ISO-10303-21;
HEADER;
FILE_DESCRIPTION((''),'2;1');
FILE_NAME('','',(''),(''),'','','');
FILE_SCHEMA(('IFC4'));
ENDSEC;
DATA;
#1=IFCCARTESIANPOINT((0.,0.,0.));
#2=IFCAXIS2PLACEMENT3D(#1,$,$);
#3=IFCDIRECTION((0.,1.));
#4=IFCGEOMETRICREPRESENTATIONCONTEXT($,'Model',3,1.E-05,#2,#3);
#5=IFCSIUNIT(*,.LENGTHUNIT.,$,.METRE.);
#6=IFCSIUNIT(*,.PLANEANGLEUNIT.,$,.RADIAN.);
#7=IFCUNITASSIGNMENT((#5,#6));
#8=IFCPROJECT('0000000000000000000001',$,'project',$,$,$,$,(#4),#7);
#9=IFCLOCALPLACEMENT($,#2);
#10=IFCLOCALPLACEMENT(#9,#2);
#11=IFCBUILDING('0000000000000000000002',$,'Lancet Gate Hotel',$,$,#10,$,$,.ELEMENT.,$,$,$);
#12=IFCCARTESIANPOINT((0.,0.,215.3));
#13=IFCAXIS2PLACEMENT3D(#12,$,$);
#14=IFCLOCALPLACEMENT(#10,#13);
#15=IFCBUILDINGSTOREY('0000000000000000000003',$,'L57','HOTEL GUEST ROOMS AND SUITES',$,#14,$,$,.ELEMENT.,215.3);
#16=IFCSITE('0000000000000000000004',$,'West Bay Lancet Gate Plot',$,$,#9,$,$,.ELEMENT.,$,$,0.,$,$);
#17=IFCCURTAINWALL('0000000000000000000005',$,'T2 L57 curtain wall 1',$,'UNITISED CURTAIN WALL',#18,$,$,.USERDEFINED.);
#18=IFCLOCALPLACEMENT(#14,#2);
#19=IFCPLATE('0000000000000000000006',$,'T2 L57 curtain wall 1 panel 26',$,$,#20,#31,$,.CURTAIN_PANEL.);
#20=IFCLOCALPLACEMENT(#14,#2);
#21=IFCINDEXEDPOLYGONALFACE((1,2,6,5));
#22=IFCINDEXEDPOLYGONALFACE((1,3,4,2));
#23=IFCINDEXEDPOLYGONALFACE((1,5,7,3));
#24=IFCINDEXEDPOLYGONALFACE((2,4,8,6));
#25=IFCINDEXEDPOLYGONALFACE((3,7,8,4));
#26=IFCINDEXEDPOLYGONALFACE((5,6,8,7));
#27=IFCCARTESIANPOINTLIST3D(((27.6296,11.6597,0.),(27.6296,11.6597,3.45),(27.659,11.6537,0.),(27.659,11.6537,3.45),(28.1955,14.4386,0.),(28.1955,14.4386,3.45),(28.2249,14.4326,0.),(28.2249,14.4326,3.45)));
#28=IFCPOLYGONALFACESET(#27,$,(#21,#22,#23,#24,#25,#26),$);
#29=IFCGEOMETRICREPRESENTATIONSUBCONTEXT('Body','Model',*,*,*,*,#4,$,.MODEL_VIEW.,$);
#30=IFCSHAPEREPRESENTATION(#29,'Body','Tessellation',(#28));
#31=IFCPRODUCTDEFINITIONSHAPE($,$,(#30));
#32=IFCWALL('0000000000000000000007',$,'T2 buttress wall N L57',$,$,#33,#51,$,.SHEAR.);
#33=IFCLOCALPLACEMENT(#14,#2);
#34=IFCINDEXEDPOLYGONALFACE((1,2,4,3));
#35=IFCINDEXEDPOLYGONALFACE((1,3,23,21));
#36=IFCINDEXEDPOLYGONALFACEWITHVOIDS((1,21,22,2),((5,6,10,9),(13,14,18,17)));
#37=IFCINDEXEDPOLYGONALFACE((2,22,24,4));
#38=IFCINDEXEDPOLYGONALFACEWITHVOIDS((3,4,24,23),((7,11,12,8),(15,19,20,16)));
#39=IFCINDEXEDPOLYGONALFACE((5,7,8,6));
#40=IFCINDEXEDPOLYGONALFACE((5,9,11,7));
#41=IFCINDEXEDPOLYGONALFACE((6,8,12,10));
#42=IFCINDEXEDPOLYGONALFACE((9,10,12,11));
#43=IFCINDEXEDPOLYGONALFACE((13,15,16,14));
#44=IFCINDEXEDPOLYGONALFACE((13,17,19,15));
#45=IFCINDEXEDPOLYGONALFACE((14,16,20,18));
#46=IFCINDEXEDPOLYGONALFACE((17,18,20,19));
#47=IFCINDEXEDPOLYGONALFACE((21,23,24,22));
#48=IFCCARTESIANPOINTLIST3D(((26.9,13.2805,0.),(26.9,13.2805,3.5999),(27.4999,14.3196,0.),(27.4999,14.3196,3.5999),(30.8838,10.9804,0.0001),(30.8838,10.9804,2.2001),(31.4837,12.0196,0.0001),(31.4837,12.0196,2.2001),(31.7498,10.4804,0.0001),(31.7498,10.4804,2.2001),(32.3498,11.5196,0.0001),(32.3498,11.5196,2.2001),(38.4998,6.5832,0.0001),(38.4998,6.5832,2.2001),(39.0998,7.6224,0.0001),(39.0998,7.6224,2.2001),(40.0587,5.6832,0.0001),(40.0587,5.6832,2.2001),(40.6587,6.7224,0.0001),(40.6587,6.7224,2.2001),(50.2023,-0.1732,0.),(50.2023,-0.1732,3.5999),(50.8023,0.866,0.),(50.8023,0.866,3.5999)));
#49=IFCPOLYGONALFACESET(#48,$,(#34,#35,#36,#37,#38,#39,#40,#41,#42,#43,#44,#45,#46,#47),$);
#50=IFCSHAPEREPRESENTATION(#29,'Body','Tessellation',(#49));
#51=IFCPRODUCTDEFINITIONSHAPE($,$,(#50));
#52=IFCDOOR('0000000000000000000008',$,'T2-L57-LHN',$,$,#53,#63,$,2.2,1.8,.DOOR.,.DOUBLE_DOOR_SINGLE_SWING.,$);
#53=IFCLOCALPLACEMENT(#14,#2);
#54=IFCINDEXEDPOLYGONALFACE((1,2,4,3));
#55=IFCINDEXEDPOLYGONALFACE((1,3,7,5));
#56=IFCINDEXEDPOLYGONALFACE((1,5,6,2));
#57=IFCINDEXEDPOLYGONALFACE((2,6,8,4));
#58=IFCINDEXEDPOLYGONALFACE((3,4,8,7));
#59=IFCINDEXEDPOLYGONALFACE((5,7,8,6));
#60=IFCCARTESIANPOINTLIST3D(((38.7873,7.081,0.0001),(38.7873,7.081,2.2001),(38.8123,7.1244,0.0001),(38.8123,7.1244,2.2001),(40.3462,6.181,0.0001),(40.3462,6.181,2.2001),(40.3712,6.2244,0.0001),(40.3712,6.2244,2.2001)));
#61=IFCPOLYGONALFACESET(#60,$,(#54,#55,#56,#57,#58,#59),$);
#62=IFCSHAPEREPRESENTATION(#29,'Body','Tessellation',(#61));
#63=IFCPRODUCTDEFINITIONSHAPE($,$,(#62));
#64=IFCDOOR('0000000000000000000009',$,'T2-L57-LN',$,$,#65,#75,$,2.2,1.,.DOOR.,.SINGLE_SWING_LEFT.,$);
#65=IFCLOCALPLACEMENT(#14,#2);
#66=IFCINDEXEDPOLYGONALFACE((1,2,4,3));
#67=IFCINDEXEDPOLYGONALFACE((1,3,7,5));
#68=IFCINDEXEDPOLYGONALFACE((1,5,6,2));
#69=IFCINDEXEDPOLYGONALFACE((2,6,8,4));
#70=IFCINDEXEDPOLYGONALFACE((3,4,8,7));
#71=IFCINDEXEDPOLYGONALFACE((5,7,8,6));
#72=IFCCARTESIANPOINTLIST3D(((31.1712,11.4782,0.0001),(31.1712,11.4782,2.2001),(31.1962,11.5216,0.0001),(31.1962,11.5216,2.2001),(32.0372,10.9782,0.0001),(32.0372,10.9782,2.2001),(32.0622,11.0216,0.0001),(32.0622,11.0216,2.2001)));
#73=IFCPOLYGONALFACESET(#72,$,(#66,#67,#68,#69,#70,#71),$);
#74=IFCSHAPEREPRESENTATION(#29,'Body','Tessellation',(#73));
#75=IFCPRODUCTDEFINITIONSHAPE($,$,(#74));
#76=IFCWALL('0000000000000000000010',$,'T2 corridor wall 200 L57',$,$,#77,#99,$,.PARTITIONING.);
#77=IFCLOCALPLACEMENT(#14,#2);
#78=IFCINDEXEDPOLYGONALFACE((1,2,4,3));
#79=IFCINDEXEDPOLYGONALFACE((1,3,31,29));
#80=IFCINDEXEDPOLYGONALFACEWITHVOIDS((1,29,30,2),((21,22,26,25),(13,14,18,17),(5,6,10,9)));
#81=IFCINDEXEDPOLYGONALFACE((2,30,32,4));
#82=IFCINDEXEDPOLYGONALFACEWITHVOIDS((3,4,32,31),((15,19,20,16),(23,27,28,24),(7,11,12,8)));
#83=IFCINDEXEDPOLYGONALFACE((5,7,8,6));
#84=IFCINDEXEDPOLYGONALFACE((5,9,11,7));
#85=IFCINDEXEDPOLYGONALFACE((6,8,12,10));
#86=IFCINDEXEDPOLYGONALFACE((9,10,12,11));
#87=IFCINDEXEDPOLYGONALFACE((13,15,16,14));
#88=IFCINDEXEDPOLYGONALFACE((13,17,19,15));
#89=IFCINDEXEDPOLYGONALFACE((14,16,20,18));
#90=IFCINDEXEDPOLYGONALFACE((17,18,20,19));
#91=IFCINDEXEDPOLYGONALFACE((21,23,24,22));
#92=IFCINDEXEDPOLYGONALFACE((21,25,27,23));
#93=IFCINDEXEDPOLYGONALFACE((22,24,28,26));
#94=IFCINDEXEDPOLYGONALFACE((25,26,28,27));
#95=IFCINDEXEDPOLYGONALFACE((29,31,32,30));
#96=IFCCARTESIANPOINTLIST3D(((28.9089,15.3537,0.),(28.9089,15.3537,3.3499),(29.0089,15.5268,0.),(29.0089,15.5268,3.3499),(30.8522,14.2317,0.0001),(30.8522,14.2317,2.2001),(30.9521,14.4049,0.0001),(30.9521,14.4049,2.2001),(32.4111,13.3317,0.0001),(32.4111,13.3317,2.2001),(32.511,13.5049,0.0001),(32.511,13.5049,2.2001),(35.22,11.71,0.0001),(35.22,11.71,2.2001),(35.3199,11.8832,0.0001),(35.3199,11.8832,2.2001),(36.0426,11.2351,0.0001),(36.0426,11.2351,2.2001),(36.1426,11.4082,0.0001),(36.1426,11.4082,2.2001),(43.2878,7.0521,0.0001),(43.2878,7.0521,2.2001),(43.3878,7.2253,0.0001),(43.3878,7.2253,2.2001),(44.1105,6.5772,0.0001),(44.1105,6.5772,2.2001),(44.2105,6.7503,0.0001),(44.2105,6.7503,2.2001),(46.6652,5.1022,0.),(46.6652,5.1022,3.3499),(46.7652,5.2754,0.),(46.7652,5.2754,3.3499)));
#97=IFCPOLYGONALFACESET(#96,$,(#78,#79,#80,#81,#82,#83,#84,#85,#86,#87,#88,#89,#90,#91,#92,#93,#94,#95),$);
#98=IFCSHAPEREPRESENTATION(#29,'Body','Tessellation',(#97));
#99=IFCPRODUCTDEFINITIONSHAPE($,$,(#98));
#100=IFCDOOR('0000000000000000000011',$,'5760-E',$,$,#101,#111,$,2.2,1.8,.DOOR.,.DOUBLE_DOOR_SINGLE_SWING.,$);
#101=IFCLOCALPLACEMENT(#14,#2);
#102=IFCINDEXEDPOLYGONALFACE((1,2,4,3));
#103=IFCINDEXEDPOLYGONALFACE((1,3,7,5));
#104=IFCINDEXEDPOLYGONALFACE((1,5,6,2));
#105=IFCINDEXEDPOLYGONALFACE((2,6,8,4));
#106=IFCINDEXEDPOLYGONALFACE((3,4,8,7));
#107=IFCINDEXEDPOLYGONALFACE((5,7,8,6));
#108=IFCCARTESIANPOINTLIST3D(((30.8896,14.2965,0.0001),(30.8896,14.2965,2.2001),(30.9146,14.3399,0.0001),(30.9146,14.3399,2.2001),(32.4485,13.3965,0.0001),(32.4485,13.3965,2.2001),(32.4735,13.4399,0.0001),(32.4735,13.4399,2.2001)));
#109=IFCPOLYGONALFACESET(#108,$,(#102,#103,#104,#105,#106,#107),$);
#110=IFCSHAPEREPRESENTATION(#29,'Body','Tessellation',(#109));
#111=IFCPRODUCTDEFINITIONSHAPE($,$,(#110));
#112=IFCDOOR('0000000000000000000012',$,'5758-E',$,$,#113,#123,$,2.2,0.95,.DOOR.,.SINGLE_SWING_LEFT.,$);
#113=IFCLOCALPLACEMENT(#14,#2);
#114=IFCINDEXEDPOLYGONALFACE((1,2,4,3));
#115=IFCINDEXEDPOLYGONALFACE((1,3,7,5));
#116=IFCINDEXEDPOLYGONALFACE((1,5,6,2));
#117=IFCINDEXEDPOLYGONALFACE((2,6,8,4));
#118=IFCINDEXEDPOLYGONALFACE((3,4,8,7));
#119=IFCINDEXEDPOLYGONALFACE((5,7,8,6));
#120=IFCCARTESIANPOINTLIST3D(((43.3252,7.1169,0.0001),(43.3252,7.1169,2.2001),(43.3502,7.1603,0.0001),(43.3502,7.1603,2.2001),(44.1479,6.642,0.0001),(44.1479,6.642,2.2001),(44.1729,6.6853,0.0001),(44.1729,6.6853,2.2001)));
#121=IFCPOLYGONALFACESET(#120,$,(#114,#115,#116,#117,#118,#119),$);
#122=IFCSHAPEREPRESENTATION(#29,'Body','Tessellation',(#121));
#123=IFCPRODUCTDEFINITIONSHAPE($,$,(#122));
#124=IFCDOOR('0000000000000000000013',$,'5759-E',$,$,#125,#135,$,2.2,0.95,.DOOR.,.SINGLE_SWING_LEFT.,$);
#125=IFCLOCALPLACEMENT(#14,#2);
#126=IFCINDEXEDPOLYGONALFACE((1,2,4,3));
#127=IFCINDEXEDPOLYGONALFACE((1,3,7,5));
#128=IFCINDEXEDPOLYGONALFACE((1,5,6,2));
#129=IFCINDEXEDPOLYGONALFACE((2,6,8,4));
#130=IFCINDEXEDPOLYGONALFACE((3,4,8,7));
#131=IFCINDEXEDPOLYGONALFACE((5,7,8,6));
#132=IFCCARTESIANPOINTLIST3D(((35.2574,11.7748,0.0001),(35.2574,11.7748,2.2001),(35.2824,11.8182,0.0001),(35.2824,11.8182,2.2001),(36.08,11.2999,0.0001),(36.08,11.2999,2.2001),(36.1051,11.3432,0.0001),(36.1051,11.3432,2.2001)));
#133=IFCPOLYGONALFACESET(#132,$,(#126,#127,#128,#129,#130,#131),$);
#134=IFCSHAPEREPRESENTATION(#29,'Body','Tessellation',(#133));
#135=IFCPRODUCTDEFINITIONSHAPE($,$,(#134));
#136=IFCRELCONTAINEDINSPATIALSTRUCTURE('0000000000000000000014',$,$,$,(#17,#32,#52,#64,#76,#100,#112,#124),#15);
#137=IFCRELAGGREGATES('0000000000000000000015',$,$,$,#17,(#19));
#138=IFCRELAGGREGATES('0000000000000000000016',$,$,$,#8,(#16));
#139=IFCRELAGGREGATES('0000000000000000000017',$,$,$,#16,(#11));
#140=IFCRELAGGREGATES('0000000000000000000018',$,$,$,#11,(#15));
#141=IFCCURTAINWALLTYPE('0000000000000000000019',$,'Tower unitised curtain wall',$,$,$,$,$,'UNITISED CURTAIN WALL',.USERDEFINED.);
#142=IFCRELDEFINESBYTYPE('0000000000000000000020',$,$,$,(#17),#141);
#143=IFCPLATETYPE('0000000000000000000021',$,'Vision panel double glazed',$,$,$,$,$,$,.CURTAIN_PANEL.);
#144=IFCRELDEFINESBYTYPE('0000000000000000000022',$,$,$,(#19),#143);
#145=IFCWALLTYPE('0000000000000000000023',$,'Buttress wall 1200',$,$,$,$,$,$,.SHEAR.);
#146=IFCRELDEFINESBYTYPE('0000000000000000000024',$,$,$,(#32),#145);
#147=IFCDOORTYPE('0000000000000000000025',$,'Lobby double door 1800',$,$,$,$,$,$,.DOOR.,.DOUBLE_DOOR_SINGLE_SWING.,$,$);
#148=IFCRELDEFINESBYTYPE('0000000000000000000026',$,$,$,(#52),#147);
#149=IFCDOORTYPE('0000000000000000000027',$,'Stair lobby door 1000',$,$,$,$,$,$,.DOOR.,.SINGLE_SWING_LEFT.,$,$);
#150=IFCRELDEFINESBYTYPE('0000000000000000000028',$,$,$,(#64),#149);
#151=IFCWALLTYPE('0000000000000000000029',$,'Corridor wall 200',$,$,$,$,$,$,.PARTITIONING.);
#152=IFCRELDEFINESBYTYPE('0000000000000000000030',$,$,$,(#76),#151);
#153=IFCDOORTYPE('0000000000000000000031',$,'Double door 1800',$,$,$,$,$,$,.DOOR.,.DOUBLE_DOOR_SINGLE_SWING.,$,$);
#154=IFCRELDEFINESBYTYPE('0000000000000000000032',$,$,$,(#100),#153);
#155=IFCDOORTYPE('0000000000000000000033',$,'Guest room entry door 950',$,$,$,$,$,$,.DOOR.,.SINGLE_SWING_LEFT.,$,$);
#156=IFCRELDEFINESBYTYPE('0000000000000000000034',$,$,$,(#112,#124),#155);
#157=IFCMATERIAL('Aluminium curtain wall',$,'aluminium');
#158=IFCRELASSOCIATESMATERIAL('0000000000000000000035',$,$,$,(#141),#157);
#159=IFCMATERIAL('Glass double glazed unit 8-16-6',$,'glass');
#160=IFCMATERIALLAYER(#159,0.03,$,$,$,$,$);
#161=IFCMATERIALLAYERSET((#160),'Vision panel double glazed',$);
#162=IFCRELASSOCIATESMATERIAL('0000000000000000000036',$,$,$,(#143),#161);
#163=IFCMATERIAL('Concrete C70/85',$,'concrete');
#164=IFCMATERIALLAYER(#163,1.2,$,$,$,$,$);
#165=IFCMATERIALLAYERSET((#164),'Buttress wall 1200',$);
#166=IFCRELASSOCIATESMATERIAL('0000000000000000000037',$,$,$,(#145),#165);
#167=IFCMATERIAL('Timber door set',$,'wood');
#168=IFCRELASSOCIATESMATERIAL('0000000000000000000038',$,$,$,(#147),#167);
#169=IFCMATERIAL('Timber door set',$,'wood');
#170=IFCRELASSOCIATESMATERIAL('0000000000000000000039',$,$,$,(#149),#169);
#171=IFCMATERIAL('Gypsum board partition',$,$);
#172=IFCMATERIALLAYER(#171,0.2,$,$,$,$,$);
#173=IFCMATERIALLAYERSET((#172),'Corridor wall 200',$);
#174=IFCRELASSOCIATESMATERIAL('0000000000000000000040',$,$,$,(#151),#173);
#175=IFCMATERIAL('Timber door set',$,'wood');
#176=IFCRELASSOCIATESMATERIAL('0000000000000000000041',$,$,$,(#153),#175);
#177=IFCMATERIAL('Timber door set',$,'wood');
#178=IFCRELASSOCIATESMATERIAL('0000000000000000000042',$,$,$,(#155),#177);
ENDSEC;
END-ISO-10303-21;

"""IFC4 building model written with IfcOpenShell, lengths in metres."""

from ifc_helpers import new_model, si_unit, direction, frame, frame_2d, origin, origin_2d, place, context, subcontext, project, spatial, rectangle, extrude, material, layer, layer_set, type_object, element, fill, aggregate, save


model = new_model("IFC4")

# Units and contexts
model_context = context("Model", 3, precision=1e-05, world=origin(), true_north=direction((0.0, 1.0)))
body_context = subcontext(model_context, "Body", "Model", "MODEL_VIEW")
ifc_project = project(units=[si_unit("LENGTHUNIT", "METRE"), si_unit("PLANEANGLEUNIT", "RADIAN")], contexts=[model_context])

# Site, building, storey
site_placement = place(None, origin())
site = spatial("IfcSite", under=ifc_project, at=site_placement, Name="West Bay Lancet Gate Plot", CompositionType="ELEMENT", RefElevation=0.0)
building_placement = place(site_placement, origin())
building = spatial("IfcBuilding", under=site, at=building_placement, Name="Lancet Gate Hotel", CompositionType="ELEMENT")
storey_placement = place(building_placement, frame((0.0, 0.0, 215.3)))
storey = spatial("IfcBuildingStorey", under=building, at=storey_placement, Name="L57", Description="HOTEL GUEST ROOMS AND SUITES", CompositionType="ELEMENT", Elevation=215.3)

# Curtain wall
ifc_material_1 = material(Name="Aluminium curtain wall", Category="aluminium")
curtain_wall_type_1 = type_object("IfcCurtainWallType", Name="Tower unitised curtain wall", ElementType="UNITISED CURTAIN WALL", PredefinedType="USERDEFINED", material=ifc_material_1)
curtain_wall_1_placement = place(storey_placement, origin())
curtain_wall_1 = element("IfcCurtainWall", 1, at=curtain_wall_1_placement, inside=storey, type_object=curtain_wall_type_1, Name="T2 L57 curtain wall 1", ObjectType="UNITISED CURTAIN WALL", PredefinedType="USERDEFINED")

# Plate
ifc_material_2 = material(Name="Glass double glazed unit 8-16-6", Category="glass")
ifc_layer_1 = layer(ifc_material_2, 0.03)
ifc_layer_set_1 = layer_set([ifc_layer_1], Name="Vision panel double glazed")
plate_type_1 = type_object("IfcPlateType", Name="Vision panel double glazed", PredefinedType="CURTAIN_PANEL", material=ifc_layer_set_1)
plate_1_placement = place(storey_placement, frame((27.9272, 13.0461, 0.0), z_axis=(0.0, 0.0, 1.0), x_axis=(-0.199533, -0.979891, 0.0)))
plate_1 = element("IfcPlate", 2, at=plate_1_placement, type_object=plate_type_1, Name="T2 L57 curtain wall 1 panel 26", PredefinedType="CURTAIN_PANEL", context=body_context, shape_type="SweptSolid", body=[
    extrude(rectangle(XDim=2.8359, YDim=0.03, at=origin_2d()), origin(), (0.0, 0.0, 1.0), 3.45),
])
aggregate(curtain_wall_1, [plate_1])

# Walls, openings, doors
ifc_material_3 = material(Name="Concrete C70/85", Category="concrete")
ifc_layer_2 = layer(ifc_material_3, 1.2)
ifc_layer_set_2 = layer_set([ifc_layer_2], Name="Buttress wall 1200")
wall_type_1 = type_object("IfcWallType", Name="Buttress wall 1200", PredefinedType="SHEAR", material=ifc_layer_set_2)
wall_1_placement = place(storey_placement, frame((27.2, 13.8, 0.0), z_axis=(0.0, 0.0, 1.0), x_axis=(0.866025, -0.500002, 0.0)))
wall_1 = element("IfcWall", 3, at=wall_1_placement, inside=storey, type_object=wall_type_1, Name="T2 buttress wall N L57", PredefinedType="SHEAR", context=body_context, shape_type="SweptSolid", body=[
    extrude(rectangle(XDim=26.9072, YDim=1.2, at=frame_2d((13.4536, 0.0))), origin(), (0.0, 0.0, 1.0), 3.5999),
])
opening_1_placement = place(wall_1_placement, frame((4.6001, 0.0, 0.0)))
opening_1 = element("IfcOpeningElement", 4, at=opening_1_placement, cuts=wall_1, PredefinedType="OPENING", context=body_context, shape_type="SweptSolid", body=[
    extrude(rectangle(XDim=1.0, YDim=2.2, at=frame_2d((0.5, 1.1001))), frame((0.0, 0.6099, 0.0), z_axis=(0.0, -1.0, 0.0), x_axis=(1.0, 0.0, 0.0)), (0.0, 0.0, 1.0), 1.22),
])
opening_2_placement = place(wall_1_placement, frame((13.3945, 0.0, 0.0)))
opening_2 = element("IfcOpeningElement", 5, at=opening_2_placement, cuts=wall_1, PredefinedType="OPENING", context=body_context, shape_type="SweptSolid", body=[
    extrude(rectangle(XDim=1.8, YDim=2.2, at=frame_2d((0.8999, 1.1001))), frame((0.0, 0.6099, 0.0), z_axis=(0.0, -1.0, 0.0), x_axis=(1.0, 0.0, 0.0)), (0.0, 0.0, 1.0), 1.22),
])
ifc_material_4 = material(Name="Timber door set", Category="wood")
door_type_1 = type_object("IfcDoorType", Name="Lobby double door 1800", OperationType="DOUBLE_DOOR_SINGLE_SWING", PredefinedType="DOOR", material=ifc_material_4)
door_1_placement = place(opening_2_placement, origin())
door_1 = element("IfcDoor", 6, at=door_1_placement, inside=storey, type_object=door_type_1, Name="T2-L57-LHN", OperationType="DOUBLE_DOOR_SINGLE_SWING", OverallHeight=2.2, OverallWidth=1.8, PredefinedType="DOOR", context=body_context, shape_type="SweptSolid", body=[
    extrude(rectangle(XDim=1.8, YDim=2.2, at=frame_2d((0.8999, 1.1001))), frame((0.0, 0.0249, 0.0), z_axis=(0.0, -1.0, 0.0), x_axis=(1.0, 0.0, 0.0)), (0.0, 0.0, 1.0), 0.05),
])
fill(opening_2, door_1)
ifc_material_5 = material(Name="Timber door set", Category="wood")
door_type_2 = type_object("IfcDoorType", Name="Stair lobby door 1000", OperationType="SINGLE_SWING_LEFT", PredefinedType="DOOR", material=ifc_material_5)
door_2_placement = place(opening_1_placement, origin())
door_2 = element("IfcDoor", 7, at=door_2_placement, inside=storey, type_object=door_type_2, Name="T2-L57-LN", OperationType="SINGLE_SWING_LEFT", OverallHeight=2.2, OverallWidth=1.0, PredefinedType="DOOR", context=body_context, shape_type="SweptSolid", body=[
    extrude(rectangle(XDim=1.0, YDim=2.2, at=frame_2d((0.5, 1.1001))), frame((0.0, 0.0249, 0.0), z_axis=(0.0, -1.0, 0.0), x_axis=(1.0, 0.0, 0.0)), (0.0, 0.0, 1.0), 0.05),
])
fill(opening_1, door_2)
ifc_material_6 = material(Name="Gypsum board partition")
ifc_layer_3 = layer(ifc_material_6, 0.2)
ifc_layer_set_3 = layer_set([ifc_layer_3], Name="Corridor wall 200")
wall_type_2 = type_object("IfcWallType", Name="Corridor wall 200", PredefinedType="PARTITIONING", material=ifc_layer_set_3)
wall_2_placement = place(storey_placement, frame((28.959, 15.4402, 0.0), z_axis=(0.0, 0.0, 1.0), x_axis=(0.866029, -0.499994, 0.0)))
wall_2 = element("IfcWall", 8, at=wall_2_placement, inside=storey, type_object=wall_type_2, Name="T2 corridor wall 200 L57", PredefinedType="PARTITIONING", context=body_context, shape_type="SweptSolid", body=[
    extrude(rectangle(XDim=20.5032, YDim=0.2, at=frame_2d((10.2515, 0.0))), origin(), (0.0, 0.0, 1.0), 3.3499),
])
opening_3_placement = place(wall_2_placement, frame((16.603, 0.0, 0.0)))
opening_3 = element("IfcOpeningElement", 9, at=opening_3_placement, cuts=wall_2, PredefinedType="OPENING", context=body_context, shape_type="SweptSolid", body=[
    extrude(rectangle(XDim=0.95, YDim=2.2, at=frame_2d((0.4751, 1.1001))), frame((0.0, 0.1099, 0.0), z_axis=(0.0, -1.0, 0.0), x_axis=(1.0, 0.0, 0.0)), (0.0, 0.0, 1.0), 0.22),
])
opening_4_placement = place(wall_2_placement, frame((7.2871, 0.0, 0.0)))
opening_4 = element("IfcOpeningElement", 10, at=opening_4_placement, cuts=wall_2, PredefinedType="OPENING", context=body_context, shape_type="SweptSolid", body=[
    extrude(rectangle(XDim=0.95, YDim=2.2, at=frame_2d((0.4751, 1.1001))), frame((0.0, 0.1099, 0.0), z_axis=(0.0, -1.0, 0.0), x_axis=(1.0, 0.0, 0.0)), (0.0, 0.0, 1.0), 0.22),
])
opening_5_placement = place(wall_2_placement, frame((2.2439, 0.0, 0.0)))
opening_5 = element("IfcOpeningElement", 11, at=opening_5_placement, cuts=wall_2, PredefinedType="OPENING", context=body_context, shape_type="SweptSolid", body=[
    extrude(rectangle(XDim=1.8, YDim=2.2, at=frame_2d((0.8999, 1.1001))), frame((0.0, 0.1099, 0.0), z_axis=(0.0, -1.0, 0.0), x_axis=(1.0, 0.0, 0.0)), (0.0, 0.0, 1.0), 0.22),
])
ifc_material_7 = material(Name="Timber door set", Category="wood")
door_type_3 = type_object("IfcDoorType", Name="Double door 1800", OperationType="DOUBLE_DOOR_SINGLE_SWING", PredefinedType="DOOR", material=ifc_material_7)
door_3_placement = place(opening_5_placement, origin())
door_3 = element("IfcDoor", 12, at=door_3_placement, inside=storey, type_object=door_type_3, Name="5760-E", OperationType="DOUBLE_DOOR_SINGLE_SWING", OverallHeight=2.2, OverallWidth=1.8, PredefinedType="DOOR", context=body_context, shape_type="SweptSolid", body=[
    extrude(rectangle(XDim=1.8, YDim=2.2, at=frame_2d((0.8999, 1.1001))), frame((0.0, 0.0249, 0.0), z_axis=(0.0, -1.0, 0.0), x_axis=(1.0, 0.0, 0.0)), (0.0, 0.0, 1.0), 0.05),
])
fill(opening_5, door_3)
ifc_material_8 = material(Name="Timber door set", Category="wood")
door_type_4 = type_object("IfcDoorType", Name="Guest room entry door 950", OperationType="SINGLE_SWING_LEFT", PredefinedType="DOOR", material=ifc_material_8)
door_4_placement = place(opening_3_placement, origin())
door_4 = element("IfcDoor", 13, at=door_4_placement, inside=storey, type_object=door_type_4, Name="5758-E", OperationType="SINGLE_SWING_LEFT", OverallHeight=2.2, OverallWidth=0.95, PredefinedType="DOOR", context=body_context, shape_type="SweptSolid", body=[
    extrude(rectangle(XDim=0.95, YDim=2.2, at=frame_2d((0.4751, 1.1001))), frame((0.0, 0.0249, 0.0), z_axis=(0.0, -1.0, 0.0), x_axis=(1.0, 0.0, 0.0)), (0.0, 0.0, 1.0), 0.05),
])
fill(opening_3, door_4)
door_5_placement = place(opening_4_placement, origin())
door_5 = element("IfcDoor", 14, at=door_5_placement, inside=storey, type_object=door_type_4, Name="5759-E", OperationType="SINGLE_SWING_LEFT", OverallHeight=2.2, OverallWidth=0.95, PredefinedType="DOOR", context=body_context, shape_type="SweptSolid", body=[
    extrude(rectangle(XDim=0.95, YDim=2.2, at=frame_2d((0.4751, 1.1001))), frame((0.0, 0.0249, 0.0), z_axis=(0.0, -1.0, 0.0), x_axis=(1.0, 0.0, 0.0)), (0.0, 0.0, 1.0), 0.05),
])
fill(opening_4, door_5)

save(model, "model.ifc")
